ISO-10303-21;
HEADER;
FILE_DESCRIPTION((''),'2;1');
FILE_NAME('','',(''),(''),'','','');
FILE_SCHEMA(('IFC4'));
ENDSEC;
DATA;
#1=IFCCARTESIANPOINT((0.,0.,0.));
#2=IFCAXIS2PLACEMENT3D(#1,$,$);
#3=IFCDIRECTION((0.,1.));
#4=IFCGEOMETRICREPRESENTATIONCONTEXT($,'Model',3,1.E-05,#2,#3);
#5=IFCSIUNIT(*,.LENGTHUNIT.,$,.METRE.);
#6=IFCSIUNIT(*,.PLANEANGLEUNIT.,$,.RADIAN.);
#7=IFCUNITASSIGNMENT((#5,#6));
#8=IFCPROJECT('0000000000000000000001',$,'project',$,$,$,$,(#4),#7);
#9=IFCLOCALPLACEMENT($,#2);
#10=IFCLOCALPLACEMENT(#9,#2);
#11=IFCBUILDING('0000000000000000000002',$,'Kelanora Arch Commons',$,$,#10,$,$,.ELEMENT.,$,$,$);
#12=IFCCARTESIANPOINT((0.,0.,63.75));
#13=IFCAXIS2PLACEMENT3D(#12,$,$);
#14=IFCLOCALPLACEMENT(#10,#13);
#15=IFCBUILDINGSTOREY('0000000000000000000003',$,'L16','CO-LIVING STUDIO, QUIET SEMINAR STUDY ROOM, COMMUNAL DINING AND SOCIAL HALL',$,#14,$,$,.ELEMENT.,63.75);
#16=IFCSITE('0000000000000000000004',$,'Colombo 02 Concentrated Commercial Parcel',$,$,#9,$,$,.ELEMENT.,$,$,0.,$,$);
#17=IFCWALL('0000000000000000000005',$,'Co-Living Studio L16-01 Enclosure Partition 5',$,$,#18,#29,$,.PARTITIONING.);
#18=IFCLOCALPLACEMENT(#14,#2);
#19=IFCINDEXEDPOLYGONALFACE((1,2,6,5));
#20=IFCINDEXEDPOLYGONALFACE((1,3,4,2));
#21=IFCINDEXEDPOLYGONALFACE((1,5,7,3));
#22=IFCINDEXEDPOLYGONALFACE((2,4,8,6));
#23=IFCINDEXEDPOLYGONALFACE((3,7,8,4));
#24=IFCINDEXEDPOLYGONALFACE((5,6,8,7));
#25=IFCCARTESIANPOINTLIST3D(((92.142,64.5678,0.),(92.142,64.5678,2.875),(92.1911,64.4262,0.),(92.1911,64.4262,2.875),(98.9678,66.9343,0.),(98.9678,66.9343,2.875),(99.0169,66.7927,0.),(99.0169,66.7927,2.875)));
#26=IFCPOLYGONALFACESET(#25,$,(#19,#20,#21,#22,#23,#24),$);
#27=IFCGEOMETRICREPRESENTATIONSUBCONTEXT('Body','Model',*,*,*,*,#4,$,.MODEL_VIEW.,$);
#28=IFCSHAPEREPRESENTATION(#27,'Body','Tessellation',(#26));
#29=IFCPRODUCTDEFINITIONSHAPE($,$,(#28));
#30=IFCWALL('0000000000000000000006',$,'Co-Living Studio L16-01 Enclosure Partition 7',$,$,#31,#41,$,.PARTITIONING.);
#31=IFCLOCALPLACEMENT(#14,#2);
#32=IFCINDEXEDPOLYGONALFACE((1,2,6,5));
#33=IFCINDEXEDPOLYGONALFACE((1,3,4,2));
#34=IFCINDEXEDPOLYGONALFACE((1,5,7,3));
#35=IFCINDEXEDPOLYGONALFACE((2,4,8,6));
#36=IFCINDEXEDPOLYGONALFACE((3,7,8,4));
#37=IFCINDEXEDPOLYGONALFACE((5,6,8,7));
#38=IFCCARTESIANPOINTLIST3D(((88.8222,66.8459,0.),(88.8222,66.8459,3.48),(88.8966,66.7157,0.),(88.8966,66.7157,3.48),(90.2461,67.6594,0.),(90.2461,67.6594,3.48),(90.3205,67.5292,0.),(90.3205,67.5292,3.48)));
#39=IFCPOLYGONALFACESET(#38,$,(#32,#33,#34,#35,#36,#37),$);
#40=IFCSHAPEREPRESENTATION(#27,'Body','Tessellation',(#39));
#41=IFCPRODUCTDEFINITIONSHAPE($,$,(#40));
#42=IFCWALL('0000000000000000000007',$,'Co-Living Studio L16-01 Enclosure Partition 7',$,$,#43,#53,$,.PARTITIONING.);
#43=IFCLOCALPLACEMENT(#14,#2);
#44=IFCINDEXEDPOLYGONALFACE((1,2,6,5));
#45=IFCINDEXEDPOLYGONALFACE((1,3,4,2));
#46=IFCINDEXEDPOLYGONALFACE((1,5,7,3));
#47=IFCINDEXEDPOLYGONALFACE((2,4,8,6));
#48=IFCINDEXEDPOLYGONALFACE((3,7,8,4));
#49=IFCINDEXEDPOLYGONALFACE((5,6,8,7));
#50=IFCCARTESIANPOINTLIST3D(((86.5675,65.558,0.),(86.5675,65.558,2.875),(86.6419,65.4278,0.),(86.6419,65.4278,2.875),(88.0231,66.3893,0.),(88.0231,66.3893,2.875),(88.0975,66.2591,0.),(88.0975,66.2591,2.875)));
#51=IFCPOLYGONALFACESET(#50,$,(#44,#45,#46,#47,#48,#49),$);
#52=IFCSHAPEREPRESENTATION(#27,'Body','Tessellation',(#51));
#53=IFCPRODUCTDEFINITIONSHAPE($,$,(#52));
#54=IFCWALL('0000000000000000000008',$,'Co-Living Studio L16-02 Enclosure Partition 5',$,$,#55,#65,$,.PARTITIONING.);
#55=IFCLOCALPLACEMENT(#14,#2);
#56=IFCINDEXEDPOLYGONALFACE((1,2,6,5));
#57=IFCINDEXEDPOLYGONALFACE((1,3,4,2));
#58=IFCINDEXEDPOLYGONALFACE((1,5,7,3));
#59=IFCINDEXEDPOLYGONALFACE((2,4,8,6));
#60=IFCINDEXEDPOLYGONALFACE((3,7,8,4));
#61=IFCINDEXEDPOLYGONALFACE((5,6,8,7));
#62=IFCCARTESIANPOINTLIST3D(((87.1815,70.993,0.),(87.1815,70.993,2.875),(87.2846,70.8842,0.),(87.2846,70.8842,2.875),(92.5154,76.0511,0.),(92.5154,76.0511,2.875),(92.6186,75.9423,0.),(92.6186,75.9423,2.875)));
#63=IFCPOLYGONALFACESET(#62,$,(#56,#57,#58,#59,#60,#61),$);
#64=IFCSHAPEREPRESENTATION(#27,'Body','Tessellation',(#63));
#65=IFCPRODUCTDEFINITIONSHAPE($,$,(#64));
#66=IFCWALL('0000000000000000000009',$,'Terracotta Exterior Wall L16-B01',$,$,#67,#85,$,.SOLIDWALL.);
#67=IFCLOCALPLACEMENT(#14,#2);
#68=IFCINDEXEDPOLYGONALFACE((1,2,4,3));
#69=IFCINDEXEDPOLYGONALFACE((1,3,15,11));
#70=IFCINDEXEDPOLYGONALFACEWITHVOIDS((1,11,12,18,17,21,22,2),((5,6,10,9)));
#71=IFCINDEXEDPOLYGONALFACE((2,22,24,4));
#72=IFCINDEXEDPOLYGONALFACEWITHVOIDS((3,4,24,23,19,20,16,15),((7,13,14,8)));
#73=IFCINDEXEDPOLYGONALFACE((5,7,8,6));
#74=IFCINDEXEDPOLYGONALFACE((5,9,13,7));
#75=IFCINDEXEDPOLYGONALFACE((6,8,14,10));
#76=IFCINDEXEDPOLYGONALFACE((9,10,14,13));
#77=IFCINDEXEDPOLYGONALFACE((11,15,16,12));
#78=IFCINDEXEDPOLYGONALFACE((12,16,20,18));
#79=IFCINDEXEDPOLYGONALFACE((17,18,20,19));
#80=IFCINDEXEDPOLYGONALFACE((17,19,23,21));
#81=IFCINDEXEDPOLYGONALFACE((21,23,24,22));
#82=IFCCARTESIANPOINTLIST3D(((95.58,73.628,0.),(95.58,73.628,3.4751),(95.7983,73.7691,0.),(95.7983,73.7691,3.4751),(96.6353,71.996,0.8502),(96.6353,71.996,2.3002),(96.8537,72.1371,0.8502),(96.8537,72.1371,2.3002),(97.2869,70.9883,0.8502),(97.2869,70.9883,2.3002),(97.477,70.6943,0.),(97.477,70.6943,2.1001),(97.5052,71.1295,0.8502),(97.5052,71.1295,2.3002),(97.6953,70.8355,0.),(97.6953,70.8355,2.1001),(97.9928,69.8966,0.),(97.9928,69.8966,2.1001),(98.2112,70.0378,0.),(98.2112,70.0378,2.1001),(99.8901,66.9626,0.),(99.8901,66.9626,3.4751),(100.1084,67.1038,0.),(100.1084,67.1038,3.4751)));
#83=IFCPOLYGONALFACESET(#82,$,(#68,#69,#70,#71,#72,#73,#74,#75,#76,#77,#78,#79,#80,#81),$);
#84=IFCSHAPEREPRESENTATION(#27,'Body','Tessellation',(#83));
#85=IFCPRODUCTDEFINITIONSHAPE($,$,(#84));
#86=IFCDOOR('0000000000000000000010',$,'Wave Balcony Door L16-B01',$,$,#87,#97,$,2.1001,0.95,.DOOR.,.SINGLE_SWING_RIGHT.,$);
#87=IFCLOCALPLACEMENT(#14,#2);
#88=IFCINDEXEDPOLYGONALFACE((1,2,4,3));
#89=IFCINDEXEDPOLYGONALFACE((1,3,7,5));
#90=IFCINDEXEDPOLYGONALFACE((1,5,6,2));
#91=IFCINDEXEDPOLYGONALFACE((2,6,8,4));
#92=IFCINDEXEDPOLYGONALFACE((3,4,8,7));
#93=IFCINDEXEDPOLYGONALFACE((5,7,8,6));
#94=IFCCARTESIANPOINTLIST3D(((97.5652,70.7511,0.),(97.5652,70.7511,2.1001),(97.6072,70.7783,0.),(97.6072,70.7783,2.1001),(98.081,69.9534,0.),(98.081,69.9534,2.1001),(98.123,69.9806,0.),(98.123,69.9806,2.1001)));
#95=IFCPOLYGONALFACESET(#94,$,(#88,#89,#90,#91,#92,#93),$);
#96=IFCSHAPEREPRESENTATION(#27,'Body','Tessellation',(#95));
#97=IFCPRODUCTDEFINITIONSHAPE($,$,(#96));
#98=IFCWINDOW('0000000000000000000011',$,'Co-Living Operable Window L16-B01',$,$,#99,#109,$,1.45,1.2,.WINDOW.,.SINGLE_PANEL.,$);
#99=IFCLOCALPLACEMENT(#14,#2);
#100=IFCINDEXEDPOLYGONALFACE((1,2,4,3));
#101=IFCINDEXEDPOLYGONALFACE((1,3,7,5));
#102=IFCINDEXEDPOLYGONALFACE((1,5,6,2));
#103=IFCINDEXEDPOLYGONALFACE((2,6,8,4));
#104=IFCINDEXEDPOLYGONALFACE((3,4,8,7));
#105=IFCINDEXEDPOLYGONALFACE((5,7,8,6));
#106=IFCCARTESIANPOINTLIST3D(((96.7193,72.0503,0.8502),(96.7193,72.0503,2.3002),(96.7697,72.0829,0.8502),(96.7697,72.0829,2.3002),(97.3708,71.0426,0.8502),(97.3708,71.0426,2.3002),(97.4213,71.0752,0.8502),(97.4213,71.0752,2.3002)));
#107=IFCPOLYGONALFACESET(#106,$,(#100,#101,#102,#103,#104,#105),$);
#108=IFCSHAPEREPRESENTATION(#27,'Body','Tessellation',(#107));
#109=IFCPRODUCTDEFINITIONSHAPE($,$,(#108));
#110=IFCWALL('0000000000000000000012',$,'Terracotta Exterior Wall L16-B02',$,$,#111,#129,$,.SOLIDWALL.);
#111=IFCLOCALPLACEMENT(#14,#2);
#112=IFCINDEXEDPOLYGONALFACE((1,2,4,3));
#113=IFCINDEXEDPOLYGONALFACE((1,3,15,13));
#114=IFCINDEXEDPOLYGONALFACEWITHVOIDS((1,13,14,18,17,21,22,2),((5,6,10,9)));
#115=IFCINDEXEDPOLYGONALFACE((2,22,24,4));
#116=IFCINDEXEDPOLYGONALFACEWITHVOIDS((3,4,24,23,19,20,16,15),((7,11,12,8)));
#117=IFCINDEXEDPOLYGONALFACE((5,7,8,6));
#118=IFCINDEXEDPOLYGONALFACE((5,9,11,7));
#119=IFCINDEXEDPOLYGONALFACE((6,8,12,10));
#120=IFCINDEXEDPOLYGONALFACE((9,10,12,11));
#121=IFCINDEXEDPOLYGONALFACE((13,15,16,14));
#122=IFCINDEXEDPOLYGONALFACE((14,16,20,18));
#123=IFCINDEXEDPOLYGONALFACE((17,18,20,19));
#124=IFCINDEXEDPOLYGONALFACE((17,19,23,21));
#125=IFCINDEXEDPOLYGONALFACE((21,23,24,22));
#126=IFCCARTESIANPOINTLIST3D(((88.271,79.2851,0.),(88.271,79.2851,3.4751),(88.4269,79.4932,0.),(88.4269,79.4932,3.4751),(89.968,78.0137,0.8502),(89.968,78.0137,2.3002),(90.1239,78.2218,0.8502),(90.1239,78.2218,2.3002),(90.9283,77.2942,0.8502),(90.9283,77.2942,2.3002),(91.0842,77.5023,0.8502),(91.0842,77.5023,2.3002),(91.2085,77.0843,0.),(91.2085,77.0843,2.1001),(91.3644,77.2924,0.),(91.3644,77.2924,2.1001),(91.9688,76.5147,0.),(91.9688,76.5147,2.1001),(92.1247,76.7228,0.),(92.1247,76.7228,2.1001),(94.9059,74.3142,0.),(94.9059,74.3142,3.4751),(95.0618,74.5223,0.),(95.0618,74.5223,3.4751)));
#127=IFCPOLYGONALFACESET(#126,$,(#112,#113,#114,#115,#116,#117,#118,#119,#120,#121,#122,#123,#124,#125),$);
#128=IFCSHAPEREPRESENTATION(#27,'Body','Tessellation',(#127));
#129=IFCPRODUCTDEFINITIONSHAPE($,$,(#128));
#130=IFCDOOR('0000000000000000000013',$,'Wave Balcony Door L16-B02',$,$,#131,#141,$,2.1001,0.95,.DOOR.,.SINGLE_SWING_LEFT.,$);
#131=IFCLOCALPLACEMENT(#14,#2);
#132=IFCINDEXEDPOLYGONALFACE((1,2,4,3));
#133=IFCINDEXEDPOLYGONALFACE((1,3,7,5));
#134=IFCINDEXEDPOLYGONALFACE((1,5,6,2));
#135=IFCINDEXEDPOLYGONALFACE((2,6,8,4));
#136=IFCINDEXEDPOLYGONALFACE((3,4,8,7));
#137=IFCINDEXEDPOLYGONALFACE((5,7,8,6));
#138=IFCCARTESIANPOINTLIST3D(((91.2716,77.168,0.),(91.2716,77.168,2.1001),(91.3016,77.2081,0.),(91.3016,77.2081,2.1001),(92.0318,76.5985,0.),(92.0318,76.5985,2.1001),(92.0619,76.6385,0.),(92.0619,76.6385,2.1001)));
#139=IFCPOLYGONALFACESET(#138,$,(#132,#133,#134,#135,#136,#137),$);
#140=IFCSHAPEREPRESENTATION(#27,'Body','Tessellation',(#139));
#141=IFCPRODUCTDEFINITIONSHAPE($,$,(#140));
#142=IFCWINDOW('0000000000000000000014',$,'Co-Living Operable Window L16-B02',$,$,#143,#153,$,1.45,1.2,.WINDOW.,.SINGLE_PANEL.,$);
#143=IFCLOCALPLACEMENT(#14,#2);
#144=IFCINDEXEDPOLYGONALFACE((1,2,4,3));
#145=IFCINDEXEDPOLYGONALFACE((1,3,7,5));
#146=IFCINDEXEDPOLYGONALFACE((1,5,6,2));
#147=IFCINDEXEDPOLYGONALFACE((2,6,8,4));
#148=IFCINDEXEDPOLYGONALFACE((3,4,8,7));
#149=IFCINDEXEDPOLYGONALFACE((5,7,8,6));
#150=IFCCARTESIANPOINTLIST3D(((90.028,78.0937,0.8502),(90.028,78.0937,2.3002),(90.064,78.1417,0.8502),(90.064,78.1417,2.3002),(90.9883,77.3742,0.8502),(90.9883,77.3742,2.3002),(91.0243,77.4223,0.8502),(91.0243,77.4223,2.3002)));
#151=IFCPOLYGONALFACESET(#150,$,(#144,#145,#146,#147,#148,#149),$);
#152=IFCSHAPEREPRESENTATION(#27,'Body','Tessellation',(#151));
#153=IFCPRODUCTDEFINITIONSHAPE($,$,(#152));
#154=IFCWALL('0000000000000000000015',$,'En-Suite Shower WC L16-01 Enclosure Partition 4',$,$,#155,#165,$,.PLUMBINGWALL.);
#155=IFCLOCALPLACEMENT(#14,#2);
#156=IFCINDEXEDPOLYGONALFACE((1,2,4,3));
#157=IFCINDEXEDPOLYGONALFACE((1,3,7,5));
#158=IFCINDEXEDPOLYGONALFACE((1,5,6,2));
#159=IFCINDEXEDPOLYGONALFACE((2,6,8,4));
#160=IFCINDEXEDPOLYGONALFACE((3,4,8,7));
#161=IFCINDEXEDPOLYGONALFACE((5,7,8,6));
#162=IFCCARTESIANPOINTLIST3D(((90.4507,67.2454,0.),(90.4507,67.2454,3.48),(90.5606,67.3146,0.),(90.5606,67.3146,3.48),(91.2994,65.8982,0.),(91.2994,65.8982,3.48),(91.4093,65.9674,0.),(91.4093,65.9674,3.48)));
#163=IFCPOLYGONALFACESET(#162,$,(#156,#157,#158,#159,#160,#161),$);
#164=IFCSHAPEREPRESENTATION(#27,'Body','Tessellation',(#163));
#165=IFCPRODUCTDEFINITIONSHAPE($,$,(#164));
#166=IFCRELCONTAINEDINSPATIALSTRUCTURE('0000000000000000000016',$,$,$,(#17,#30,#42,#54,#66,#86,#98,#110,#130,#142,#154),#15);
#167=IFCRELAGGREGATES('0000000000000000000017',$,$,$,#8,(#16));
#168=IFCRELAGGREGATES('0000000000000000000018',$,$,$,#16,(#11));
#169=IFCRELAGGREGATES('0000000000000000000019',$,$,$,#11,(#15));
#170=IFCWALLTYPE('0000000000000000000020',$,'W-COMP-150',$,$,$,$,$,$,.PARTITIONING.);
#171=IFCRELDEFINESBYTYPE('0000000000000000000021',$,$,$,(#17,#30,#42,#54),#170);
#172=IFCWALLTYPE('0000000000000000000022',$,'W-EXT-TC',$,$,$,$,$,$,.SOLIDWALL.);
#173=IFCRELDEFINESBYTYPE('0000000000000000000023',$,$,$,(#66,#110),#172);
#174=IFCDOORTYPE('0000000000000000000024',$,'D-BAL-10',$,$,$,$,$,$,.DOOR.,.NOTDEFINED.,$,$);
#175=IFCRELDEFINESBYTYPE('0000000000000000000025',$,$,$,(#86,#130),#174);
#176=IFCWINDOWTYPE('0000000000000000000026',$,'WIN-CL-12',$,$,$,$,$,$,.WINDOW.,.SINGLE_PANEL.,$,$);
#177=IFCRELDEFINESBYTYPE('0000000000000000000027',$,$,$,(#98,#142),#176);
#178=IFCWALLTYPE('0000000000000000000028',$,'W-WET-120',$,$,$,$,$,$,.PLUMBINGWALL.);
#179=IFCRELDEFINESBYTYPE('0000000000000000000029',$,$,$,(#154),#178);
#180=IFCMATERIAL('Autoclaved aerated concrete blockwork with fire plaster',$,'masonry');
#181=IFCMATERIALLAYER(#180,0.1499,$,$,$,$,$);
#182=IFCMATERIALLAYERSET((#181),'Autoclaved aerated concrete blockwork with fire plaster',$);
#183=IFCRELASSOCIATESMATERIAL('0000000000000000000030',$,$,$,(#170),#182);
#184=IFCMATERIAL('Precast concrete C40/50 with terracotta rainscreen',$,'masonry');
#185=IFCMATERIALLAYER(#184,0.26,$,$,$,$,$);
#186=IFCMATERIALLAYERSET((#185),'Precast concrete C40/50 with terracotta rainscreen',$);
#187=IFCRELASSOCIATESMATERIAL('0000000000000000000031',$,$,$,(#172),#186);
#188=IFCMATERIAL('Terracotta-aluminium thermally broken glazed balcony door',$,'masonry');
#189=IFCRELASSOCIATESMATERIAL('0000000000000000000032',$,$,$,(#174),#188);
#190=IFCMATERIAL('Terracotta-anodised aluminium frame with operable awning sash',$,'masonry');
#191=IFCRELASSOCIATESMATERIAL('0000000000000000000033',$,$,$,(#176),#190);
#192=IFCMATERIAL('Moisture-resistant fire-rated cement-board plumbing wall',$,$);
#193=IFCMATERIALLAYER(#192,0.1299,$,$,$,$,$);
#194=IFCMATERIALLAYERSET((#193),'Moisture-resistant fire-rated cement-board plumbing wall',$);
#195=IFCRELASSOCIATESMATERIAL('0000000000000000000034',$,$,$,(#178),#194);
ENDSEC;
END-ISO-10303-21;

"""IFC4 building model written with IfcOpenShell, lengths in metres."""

from ifc_helpers import new_model, si_unit, direction, frame, frame_2d, origin, place, context, subcontext, project, spatial, rectangle, extrude, material, layer, layer_set, type_object, element, fill, save


model = new_model("IFC4")

# Units and contexts
model_context = context("Model", 3, precision=1e-05, world=origin(), true_north=direction((0.0, 1.0)))
body_context = subcontext(model_context, "Body", "Model", "MODEL_VIEW")
ifc_project = project(units=[si_unit("LENGTHUNIT", "METRE"), si_unit("PLANEANGLEUNIT", "RADIAN")], contexts=[model_context])

# Site, building, storey
site_placement = place(None, origin())
site = spatial("IfcSite", under=ifc_project, at=site_placement, Name="Colombo 02 Concentrated Commercial Parcel", CompositionType="ELEMENT", RefElevation=0.0)
building_placement = place(site_placement, origin())
building = spatial("IfcBuilding", under=site, at=building_placement, Name="Kelanora Arch Commons", CompositionType="ELEMENT")
storey_placement = place(building_placement, frame((0.0, 0.0, 63.75)))
storey = spatial("IfcBuildingStorey", under=building, at=storey_placement, Name="L16", Description="CO-LIVING STUDIO, QUIET SEMINAR STUDY ROOM, COMMUNAL DINING AND SOCIAL HALL", CompositionType="ELEMENT", Elevation=63.75)

# Walls
ifc_material_1 = material(Name="Autoclaved aerated concrete blockwork with fire plaster", Category="masonry")
ifc_layer_1 = layer(ifc_material_1, 0.1499)
ifc_layer_set_1 = layer_set([ifc_layer_1], Name="Autoclaved aerated concrete blockwork with fire plaster")
wall_type_1 = type_object("IfcWallType", Name="W-COMP-150", PredefinedType="PARTITIONING", material=ifc_layer_set_1)
wall_1_placement = place(storey_placement, frame((98.9924, 66.8635, 0.0), z_axis=(0.0, 0.0, 1.0), x_axis=(-0.944827, -0.32757, 0.0)))
element("IfcWall", 1, at=wall_1_placement, inside=storey, type_object=wall_type_1, Name="Co-Living Studio L16-01 Enclosure Partition 5", PredefinedType="PARTITIONING", context=body_context, shape_type="SweptSolid", body=[
    extrude(rectangle(XDim=7.2244, YDim=0.1499, at=frame_2d((3.6123, 0.0))), origin(), (0.0, 0.0, 1.0), 2.875),
])
wall_2_placement = place(storey_placement, frame((90.2832, 67.5942, 0.0), z_axis=(0.0, 0.0, 1.0), x_axis=(-0.86828, -0.496075, 0.0)))
element("IfcWall", 2, at=wall_2_placement, inside=storey, type_object=wall_type_1, Name="Co-Living Studio L16-01 Enclosure Partition 7", PredefinedType="PARTITIONING", context=body_context, shape_type="SweptSolid", body=[
    extrude(rectangle(XDim=1.6399, YDim=0.1499, at=frame_2d((0.8198, 0.0))), origin(), (0.0, 0.0, 1.0), 3.48),
])
wall_3_placement = place(storey_placement, frame((88.0603, 66.3242, 0.0), z_axis=(0.0, 0.0, 1.0), x_axis=(-0.86836, -0.495935, 0.0)))
element("IfcWall", 3, at=wall_3_placement, inside=storey, type_object=wall_type_1, Name="Co-Living Studio L16-01 Enclosure Partition 7", PredefinedType="PARTITIONING", context=body_context, shape_type="SweptSolid", body=[
    extrude(rectangle(XDim=1.6763, YDim=0.1499, at=frame_2d((0.8381, 0.0))), origin(), (0.0, 0.0, 1.0), 2.875),
])
wall_4_placement = place(storey_placement, frame((92.5669, 75.9966, 0.0), z_axis=(0.0, 0.0, 1.0), x_axis=(-0.725623, -0.688093, 0.0)))
element("IfcWall", 4, at=wall_4_placement, inside=storey, type_object=wall_type_1, Name="Co-Living Studio L16-02 Enclosure Partition 5", PredefinedType="PARTITIONING", context=body_context, shape_type="SweptSolid", body=[
    extrude(rectangle(XDim=7.3508, YDim=0.1499, at=frame_2d((3.6753, 0.0))), origin(), (0.0, 0.0, 1.0), 2.875),
])

# Walls, openings, doors, windows
ifc_material_2 = material(Name="Precast concrete C40/50 with terracotta rainscreen", Category="masonry")
ifc_layer_2 = layer(ifc_material_2, 0.26)
ifc_layer_set_2 = layer_set([ifc_layer_2], Name="Precast concrete C40/50 with terracotta rainscreen")
wall_type_2 = type_object("IfcWallType", Name="W-EXT-TC", PredefinedType="SOLIDWALL", material=ifc_layer_set_2)
wall_5_placement = place(storey_placement, frame((99.9993, 67.0332, 0.0), z_axis=(0.0, 0.0, 1.0), x_axis=(-0.543005, 0.839729, 0.0)))
wall_5 = element("IfcWall", 5, at=wall_5_placement, inside=storey, type_object=wall_type_2, Name="Terracotta Exterior Wall L16-B01", PredefinedType="SOLIDWALL", context=body_context, shape_type="SweptSolid", body=[
    extrude(rectangle(XDim=7.9375, YDim=0.26, at=frame_2d((3.9688, 0.0))), origin(), (0.0, 0.0, 1.0), 3.4751),
])
opening_1_placement = place(wall_5_placement, frame((3.4939, 0.0, 0.0)))
opening_1 = element("IfcOpeningElement", 6, at=opening_1_placement, cuts=wall_5, PredefinedType="OPENING", context=body_context, shape_type="SweptSolid", body=[
    extrude(rectangle(XDim=0.95, YDim=2.1001, at=frame_2d((0.4751, 1.05))), frame((0.0, 0.1401, 0.0), z_axis=(0.0, -1.0, 0.0), x_axis=(1.0, 0.0, 0.0)), (0.0, 0.0, 1.0), 0.28),
])
opening_2_placement = place(wall_5_placement, frame((4.7939, 0.0, 0.8501)))
opening_2 = element("IfcOpeningElement", 7, at=opening_2_placement, cuts=wall_5, PredefinedType="OPENING", context=body_context, shape_type="SweptSolid", body=[
    extrude(rectangle(XDim=1.2, YDim=1.45, at=frame_2d((0.6001, 0.7251))), frame((0.0, 0.1401, 0.0), z_axis=(0.0, -1.0, 0.0), x_axis=(1.0, 0.0, 0.0)), (0.0, 0.0, 1.0), 0.28),
])
ifc_material_3 = material(Name="Terracotta-aluminium thermally broken glazed balcony door", Category="masonry")
door_type = type_object("IfcDoorType", Name="D-BAL-10", OperationType="NOTDEFINED", PredefinedType="DOOR", material=ifc_material_3)
door_1_placement = place(opening_1_placement, frame((0.95, 0.0, 0.0), z_axis=(0.0, 0.0, 1.0), x_axis=(-1.0, 0.0, 0.0)))
door_1 = element("IfcDoor", 8, at=door_1_placement, inside=storey, type_object=door_type, Name="Wave Balcony Door L16-B01", OperationType="SINGLE_SWING_RIGHT", OverallHeight=2.1001, OverallWidth=0.95, PredefinedType="DOOR", context=body_context, shape_type="SweptSolid", body=[
    extrude(rectangle(XDim=0.95, YDim=2.1001, at=frame_2d((0.4751, 1.05))), frame((0.0, 0.0249, 0.0), z_axis=(0.0, -1.0, 0.0), x_axis=(1.0, 0.0, 0.0)), (0.0, 0.0, 1.0), 0.05),
])
fill(opening_1, door_1)
ifc_material_4 = material(Name="Terracotta-anodised aluminium frame with operable awning sash", Category="masonry")
window_type = type_object("IfcWindowType", Name="WIN-CL-12", PartitioningType="SINGLE_PANEL", PredefinedType="WINDOW", material=ifc_material_4)
window_1_placement = place(opening_2_placement, origin())
window_1 = element("IfcWindow", 9, at=window_1_placement, inside=storey, type_object=window_type, Name="Co-Living Operable Window L16-B01", OverallHeight=1.45, OverallWidth=1.2, PartitioningType="SINGLE_PANEL", PredefinedType="WINDOW", context=body_context, shape_type="SweptSolid", body=[
    extrude(rectangle(XDim=1.2, YDim=1.45, at=frame_2d((0.6001, 0.7251))), frame((0.0, 0.03, 0.0), z_axis=(0.0, -1.0, 0.0), x_axis=(1.0, 0.0, 0.0)), (0.0, 0.0, 1.0), 0.0601),
])
fill(opening_2, window_1)
wall_6_placement = place(storey_placement, frame((94.9839, 74.4182, 0.0), z_axis=(0.0, 0.0, 1.0), x_axis=(-0.800307, 0.59959, 0.0)))
wall_6 = element("IfcWall", 10, at=wall_6_placement, inside=storey, type_object=wall_type_2, Name="Terracotta Exterior Wall L16-B02", PredefinedType="SOLIDWALL", context=body_context, shape_type="SweptSolid", body=[
    extrude(rectangle(XDim=8.2905, YDim=0.26, at=frame_2d((4.1453, 0.0))), origin(), (0.0, 0.0, 1.0), 3.4751),
])
opening_3_placement = place(wall_6_placement, frame((3.6699, 0.0, 0.0)))
opening_3 = element("IfcOpeningElement", 11, at=opening_3_placement, cuts=wall_6, PredefinedType="OPENING", context=body_context, shape_type="SweptSolid", body=[
    extrude(rectangle(XDim=0.95, YDim=2.1001, at=frame_2d((0.4751, 1.05))), frame((0.0, 0.1401, 0.0), z_axis=(0.0, -1.0, 0.0), x_axis=(1.0, 0.0, 0.0)), (0.0, 0.0, 1.0), 0.28),
])
opening_4_placement = place(wall_6_placement, frame((4.97, 0.0, 0.8501)))
opening_4 = element("IfcOpeningElement", 12, at=opening_4_placement, cuts=wall_6, PredefinedType="OPENING", context=body_context, shape_type="SweptSolid", body=[
    extrude(rectangle(XDim=1.2, YDim=1.45, at=frame_2d((0.6001, 0.7251))), frame((0.0, 0.1401, 0.0), z_axis=(0.0, -1.0, 0.0), x_axis=(1.0, 0.0, 0.0)), (0.0, 0.0, 1.0), 0.28),
])
door_2_placement = place(opening_3_placement, frame((0.95, 0.0, 0.0), z_axis=(0.0, 0.0, 1.0), x_axis=(-1.0, 0.0, 0.0)))
door_2 = element("IfcDoor", 13, at=door_2_placement, inside=storey, type_object=door_type, Name="Wave Balcony Door L16-B02", OperationType="SINGLE_SWING_LEFT", OverallHeight=2.1001, OverallWidth=0.95, PredefinedType="DOOR", context=body_context, shape_type="SweptSolid", body=[
    extrude(rectangle(XDim=0.95, YDim=2.1001, at=frame_2d((0.4751, 1.05))), frame((0.0, 0.0249, 0.0), z_axis=(0.0, -1.0, 0.0), x_axis=(1.0, 0.0, 0.0)), (0.0, 0.0, 1.0), 0.05),
])
fill(opening_3, door_2)
window_2_placement = place(opening_4_placement, origin())
window_2 = element("IfcWindow", 14, at=window_2_placement, inside=storey, type_object=window_type, Name="Co-Living Operable Window L16-B02", OverallHeight=1.45, OverallWidth=1.2, PartitioningType="SINGLE_PANEL", PredefinedType="WINDOW", context=body_context, shape_type="SweptSolid", body=[
    extrude(rectangle(XDim=1.2, YDim=1.45, at=frame_2d((0.6001, 0.7251))), frame((0.0, 0.03, 0.0), z_axis=(0.0, -1.0, 0.0), x_axis=(1.0, 0.0, 0.0)), (0.0, 0.0, 1.0), 0.0601),
])
fill(opening_4, window_2)

# Wall
ifc_material_5 = material(Name="Moisture-resistant fire-rated cement-board plumbing wall")
ifc_layer_3 = layer(ifc_material_5, 0.1299)
ifc_layer_set_3 = layer_set([ifc_layer_3], Name="Moisture-resistant fire-rated cement-board plumbing wall")
wall_type_3 = type_object("IfcWallType", Name="W-WET-120", PredefinedType="PLUMBINGWALL", material=ifc_layer_set_3)
wall_7_placement = place(storey_placement, frame((90.5056, 67.28, 0.0), z_axis=(0.0, 0.0, 1.0), x_axis=(0.533, -0.846115, 0.0)))
element("IfcWall", 15, at=wall_7_placement, inside=storey, type_object=wall_type_3, Name="En-Suite Shower WC L16-01 Enclosure Partition 4", PredefinedType="PLUMBINGWALL", context=body_context, shape_type="SweptSolid", body=[
    extrude(rectangle(XDim=1.5923, YDim=0.1299, at=frame_2d((0.7961, 0.0))), origin(), (0.0, 0.0, 1.0), 3.48),
])

save(model, "model.ifc")
